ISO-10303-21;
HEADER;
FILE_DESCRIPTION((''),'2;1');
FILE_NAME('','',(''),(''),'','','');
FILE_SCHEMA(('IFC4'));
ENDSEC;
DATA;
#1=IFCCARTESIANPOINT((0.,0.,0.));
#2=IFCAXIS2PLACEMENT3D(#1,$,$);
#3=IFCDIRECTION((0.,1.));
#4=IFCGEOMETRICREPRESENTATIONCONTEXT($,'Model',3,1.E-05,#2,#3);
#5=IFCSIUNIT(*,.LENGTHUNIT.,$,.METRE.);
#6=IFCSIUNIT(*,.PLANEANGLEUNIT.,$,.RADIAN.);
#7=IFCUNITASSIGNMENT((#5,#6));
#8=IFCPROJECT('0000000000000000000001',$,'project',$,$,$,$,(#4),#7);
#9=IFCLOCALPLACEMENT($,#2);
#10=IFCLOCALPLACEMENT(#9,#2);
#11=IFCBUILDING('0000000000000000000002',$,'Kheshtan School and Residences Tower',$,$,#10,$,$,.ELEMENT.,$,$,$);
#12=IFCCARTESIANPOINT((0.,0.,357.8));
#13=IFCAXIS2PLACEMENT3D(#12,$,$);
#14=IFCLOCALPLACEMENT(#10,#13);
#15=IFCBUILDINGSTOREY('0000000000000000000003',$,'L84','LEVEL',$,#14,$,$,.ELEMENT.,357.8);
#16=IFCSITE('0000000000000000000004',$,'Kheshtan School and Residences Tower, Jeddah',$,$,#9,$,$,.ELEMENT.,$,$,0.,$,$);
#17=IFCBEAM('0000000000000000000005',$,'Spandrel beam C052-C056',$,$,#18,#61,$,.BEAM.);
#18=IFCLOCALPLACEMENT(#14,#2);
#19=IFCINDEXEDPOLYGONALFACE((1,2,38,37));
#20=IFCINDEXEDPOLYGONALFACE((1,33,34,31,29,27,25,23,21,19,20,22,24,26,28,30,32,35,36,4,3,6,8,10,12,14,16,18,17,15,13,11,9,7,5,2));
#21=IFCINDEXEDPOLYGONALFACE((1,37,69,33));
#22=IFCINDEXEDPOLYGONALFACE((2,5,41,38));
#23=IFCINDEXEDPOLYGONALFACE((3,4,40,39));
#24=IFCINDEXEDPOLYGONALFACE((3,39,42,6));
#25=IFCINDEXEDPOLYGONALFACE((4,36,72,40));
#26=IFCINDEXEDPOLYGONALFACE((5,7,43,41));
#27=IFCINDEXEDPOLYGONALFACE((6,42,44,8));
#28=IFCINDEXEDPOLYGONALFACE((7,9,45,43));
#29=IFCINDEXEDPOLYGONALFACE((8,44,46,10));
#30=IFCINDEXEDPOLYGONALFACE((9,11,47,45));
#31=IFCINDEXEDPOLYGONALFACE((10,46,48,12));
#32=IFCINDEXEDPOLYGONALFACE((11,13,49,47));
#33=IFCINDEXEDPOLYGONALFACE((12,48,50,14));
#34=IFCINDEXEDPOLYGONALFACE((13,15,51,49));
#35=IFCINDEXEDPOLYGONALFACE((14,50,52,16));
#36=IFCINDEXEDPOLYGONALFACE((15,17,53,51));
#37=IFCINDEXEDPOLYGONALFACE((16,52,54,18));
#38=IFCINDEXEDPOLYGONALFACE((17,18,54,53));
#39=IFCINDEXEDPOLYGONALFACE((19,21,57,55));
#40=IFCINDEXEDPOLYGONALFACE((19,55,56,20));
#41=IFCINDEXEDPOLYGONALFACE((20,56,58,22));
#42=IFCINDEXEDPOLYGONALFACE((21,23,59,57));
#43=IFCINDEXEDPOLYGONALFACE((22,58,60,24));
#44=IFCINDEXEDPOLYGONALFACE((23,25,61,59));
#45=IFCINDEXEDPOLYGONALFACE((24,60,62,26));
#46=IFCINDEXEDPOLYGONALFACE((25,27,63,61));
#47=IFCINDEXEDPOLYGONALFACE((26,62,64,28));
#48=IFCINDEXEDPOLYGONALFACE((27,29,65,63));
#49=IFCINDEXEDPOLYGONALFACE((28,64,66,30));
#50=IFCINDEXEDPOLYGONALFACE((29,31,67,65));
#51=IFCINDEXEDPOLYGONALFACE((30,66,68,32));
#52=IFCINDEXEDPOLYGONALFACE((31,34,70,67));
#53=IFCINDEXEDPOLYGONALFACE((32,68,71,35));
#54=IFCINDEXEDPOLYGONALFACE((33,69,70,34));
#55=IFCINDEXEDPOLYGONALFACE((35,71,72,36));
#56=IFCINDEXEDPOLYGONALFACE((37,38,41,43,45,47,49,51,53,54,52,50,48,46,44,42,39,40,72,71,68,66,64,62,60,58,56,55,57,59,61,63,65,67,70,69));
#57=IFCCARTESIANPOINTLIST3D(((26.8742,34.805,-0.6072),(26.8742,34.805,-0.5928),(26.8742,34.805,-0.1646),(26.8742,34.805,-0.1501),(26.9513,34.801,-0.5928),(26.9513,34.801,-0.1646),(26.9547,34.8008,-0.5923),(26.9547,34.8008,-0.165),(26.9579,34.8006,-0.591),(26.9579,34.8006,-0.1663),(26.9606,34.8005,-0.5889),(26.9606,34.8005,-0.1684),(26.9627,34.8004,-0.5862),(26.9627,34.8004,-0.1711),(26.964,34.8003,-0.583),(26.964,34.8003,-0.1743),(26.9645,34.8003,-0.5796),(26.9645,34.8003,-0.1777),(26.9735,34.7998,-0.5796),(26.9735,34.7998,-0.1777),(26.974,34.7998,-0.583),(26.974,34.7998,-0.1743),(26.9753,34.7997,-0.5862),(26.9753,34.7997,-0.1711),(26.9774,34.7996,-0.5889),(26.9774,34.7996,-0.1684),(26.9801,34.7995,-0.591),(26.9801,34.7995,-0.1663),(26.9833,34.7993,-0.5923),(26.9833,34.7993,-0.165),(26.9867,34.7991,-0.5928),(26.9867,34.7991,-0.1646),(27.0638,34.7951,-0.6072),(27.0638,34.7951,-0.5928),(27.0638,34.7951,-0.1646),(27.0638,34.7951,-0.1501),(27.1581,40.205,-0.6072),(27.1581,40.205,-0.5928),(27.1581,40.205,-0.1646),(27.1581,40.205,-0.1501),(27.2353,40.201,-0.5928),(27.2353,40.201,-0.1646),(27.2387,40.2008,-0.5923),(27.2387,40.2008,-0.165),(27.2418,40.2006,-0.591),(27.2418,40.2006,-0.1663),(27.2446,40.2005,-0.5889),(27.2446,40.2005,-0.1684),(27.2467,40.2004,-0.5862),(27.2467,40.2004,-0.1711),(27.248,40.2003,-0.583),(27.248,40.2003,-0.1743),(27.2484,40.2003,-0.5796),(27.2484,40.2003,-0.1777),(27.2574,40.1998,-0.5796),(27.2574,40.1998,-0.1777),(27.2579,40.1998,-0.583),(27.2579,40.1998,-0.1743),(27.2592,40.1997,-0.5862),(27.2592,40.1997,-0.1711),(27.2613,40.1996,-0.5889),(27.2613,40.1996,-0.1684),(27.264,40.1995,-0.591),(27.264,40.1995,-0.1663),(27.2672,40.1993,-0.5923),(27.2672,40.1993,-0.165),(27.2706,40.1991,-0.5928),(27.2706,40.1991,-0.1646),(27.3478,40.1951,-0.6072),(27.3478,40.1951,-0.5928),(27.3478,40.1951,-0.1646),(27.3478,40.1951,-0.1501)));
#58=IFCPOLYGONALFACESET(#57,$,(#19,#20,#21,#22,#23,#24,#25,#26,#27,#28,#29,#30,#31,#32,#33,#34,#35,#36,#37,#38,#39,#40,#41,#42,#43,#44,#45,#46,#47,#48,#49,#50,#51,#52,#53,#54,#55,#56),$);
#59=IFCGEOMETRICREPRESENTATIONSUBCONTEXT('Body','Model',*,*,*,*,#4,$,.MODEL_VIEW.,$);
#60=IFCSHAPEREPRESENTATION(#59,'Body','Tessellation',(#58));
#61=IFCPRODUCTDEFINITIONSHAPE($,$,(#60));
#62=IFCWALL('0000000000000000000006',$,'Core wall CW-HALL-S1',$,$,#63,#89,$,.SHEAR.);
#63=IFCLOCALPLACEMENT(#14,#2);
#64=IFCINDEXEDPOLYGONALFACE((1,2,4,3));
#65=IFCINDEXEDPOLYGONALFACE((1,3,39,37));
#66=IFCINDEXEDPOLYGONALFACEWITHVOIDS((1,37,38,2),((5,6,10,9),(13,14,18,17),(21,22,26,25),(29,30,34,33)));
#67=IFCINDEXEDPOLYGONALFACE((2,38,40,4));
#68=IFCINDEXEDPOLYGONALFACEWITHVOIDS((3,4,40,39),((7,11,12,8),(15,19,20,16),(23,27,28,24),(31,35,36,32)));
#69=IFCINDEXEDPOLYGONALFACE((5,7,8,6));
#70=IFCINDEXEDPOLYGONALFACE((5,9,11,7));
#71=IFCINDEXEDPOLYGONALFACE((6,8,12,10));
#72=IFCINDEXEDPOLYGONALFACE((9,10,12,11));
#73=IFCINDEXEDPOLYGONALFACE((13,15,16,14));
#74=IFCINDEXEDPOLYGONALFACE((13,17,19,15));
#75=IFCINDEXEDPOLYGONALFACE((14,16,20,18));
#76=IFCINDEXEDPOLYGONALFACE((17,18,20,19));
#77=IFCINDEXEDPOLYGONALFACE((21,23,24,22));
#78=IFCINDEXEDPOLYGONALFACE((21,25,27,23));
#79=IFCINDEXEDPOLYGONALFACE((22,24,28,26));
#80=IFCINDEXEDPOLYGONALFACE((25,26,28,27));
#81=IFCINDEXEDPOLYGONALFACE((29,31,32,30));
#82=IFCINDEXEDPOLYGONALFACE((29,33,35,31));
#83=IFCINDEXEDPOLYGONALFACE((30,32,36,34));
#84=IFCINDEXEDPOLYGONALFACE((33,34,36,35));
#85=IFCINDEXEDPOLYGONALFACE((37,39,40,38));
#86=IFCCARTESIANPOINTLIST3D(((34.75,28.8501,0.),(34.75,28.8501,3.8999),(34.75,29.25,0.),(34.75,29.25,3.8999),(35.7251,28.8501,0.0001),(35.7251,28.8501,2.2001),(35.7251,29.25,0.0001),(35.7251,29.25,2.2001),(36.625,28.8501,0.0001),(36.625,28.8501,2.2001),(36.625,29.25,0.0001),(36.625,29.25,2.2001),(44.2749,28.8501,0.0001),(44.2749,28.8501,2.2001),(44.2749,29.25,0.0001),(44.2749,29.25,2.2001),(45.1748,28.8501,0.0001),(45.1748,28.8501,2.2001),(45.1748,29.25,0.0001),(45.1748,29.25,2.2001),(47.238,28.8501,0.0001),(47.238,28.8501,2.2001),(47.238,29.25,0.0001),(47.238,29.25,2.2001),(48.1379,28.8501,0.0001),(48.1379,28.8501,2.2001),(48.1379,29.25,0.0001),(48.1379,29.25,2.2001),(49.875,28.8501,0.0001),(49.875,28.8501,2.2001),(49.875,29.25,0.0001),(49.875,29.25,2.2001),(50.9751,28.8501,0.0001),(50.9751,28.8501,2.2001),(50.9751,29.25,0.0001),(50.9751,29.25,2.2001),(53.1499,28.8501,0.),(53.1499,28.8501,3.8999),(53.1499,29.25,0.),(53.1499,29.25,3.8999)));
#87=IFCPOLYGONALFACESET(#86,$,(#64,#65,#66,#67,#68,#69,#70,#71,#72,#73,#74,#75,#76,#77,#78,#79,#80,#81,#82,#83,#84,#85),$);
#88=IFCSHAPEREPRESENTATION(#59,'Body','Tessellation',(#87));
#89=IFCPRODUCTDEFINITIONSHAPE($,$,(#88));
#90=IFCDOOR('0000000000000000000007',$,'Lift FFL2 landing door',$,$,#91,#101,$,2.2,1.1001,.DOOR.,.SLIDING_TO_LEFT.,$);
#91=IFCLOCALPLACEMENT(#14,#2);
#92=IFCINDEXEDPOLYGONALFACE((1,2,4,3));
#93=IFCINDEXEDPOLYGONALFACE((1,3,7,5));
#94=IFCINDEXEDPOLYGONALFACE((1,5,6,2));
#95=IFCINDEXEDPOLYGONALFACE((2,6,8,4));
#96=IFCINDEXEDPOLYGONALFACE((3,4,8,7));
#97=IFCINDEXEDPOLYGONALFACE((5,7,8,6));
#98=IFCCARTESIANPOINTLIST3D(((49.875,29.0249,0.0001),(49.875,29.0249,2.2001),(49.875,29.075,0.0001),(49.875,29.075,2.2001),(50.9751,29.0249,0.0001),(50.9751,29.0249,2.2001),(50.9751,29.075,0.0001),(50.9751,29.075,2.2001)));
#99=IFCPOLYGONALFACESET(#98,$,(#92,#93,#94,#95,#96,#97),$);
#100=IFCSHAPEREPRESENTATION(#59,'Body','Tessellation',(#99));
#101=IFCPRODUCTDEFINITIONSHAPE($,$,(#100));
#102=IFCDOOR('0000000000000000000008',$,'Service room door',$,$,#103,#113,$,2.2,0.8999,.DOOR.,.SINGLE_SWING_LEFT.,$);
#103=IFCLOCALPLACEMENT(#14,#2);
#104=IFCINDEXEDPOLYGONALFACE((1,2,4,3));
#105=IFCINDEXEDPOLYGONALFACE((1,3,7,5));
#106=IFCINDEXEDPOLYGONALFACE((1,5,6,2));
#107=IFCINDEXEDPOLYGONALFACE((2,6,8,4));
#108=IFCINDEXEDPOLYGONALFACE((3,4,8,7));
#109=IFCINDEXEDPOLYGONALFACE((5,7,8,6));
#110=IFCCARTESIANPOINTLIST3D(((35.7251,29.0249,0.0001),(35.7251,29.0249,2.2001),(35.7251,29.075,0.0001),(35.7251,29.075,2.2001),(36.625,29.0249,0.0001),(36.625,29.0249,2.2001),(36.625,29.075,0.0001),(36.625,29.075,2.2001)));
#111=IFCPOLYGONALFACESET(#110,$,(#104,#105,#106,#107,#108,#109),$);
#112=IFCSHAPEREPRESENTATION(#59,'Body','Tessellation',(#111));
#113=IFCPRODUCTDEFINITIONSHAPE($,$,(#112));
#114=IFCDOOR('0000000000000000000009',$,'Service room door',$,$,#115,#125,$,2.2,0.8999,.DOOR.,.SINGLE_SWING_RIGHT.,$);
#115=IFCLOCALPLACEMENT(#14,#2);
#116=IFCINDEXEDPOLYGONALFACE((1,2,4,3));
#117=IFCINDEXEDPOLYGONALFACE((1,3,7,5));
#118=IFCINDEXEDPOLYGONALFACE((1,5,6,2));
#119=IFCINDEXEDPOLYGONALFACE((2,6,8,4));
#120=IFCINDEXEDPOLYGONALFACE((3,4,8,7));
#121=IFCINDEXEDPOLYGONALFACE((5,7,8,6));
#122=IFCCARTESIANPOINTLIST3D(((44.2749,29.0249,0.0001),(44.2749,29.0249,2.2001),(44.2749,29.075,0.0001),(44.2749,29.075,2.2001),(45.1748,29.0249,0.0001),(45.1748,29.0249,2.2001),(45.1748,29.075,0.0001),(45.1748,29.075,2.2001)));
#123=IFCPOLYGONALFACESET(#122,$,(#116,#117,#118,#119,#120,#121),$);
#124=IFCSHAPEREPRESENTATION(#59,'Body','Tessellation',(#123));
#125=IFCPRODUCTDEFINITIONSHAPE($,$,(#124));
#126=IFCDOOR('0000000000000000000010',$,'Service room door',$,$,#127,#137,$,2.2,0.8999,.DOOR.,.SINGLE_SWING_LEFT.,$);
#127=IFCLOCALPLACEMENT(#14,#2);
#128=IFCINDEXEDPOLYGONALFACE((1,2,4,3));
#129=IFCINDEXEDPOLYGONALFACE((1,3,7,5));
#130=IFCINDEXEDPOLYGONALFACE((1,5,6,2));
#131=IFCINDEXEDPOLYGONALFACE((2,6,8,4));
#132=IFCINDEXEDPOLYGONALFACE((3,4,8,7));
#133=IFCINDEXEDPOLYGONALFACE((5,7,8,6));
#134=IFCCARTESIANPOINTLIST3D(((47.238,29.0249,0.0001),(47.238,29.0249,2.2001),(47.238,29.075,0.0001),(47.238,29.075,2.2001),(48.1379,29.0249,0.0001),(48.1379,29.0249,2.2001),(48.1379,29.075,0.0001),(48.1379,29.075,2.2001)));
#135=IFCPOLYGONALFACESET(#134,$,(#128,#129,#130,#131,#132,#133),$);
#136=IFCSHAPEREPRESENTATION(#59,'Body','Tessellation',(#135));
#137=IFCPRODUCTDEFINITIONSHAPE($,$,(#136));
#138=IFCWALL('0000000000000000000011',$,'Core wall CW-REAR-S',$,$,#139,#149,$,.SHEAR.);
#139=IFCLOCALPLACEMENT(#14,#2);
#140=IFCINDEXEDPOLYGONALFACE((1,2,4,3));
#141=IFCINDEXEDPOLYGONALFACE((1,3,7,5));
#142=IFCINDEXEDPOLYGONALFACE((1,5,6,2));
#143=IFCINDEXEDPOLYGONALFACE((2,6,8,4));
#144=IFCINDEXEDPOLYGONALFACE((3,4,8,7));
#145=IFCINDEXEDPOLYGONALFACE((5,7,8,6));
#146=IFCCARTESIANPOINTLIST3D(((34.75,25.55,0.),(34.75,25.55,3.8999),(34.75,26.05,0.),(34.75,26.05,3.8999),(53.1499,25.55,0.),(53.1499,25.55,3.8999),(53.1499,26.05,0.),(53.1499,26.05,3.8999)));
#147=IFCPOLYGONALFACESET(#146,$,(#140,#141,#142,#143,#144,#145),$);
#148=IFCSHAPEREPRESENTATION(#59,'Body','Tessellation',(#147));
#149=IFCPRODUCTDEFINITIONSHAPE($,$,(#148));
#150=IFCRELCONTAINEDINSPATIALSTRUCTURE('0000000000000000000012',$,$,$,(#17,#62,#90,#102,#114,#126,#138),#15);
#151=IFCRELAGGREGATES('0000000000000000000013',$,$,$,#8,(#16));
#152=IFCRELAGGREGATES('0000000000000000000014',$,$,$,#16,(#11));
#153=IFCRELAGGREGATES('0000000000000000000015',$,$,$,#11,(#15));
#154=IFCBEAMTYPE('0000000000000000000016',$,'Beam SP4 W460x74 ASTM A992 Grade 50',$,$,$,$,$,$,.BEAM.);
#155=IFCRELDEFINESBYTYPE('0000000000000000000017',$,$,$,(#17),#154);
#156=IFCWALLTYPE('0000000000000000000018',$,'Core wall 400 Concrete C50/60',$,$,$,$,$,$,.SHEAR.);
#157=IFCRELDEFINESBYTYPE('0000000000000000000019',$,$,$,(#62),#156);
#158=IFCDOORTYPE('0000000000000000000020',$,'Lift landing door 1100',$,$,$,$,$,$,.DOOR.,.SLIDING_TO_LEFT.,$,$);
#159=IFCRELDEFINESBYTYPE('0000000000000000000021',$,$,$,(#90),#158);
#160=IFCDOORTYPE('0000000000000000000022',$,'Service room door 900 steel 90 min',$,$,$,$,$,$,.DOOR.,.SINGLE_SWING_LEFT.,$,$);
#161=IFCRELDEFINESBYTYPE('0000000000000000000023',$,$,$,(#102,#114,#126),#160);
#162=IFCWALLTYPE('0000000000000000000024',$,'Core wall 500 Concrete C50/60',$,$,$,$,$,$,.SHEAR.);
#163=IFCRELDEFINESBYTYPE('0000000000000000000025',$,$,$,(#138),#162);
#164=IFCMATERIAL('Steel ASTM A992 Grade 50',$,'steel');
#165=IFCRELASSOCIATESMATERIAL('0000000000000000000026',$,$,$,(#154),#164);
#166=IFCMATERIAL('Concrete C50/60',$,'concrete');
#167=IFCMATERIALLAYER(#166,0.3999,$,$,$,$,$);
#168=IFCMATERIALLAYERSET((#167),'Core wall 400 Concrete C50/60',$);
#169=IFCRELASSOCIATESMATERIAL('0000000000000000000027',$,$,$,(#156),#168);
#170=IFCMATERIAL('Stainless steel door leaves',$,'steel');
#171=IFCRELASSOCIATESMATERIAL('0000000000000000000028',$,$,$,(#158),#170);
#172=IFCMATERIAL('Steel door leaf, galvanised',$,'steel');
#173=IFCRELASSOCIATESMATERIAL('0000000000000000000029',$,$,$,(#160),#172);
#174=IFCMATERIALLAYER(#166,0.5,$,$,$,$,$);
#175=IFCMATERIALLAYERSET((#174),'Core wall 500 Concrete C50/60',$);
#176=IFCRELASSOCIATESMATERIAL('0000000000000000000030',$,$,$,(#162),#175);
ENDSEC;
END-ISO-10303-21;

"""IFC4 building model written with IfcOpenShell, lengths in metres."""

from ifc_helpers import new_model, si_unit, direction, frame, frame_2d, origin, origin_2d, place, context, subcontext, project, spatial, rectangle, i_section, extrude, source, transform, mapped, material, layer, layer_set, material_profile, profile_set, type_object, element, fill, save


model = new_model("IFC4")

# Units and contexts
model_context = context("Model", 3, precision=1e-05, world=origin(), true_north=direction((0.0, 1.0)))
body_context = subcontext(model_context, "Body", "Model", "MODEL_VIEW")
ifc_project = project(units=[si_unit("LENGTHUNIT", "METRE"), si_unit("PLANEANGLEUNIT", "RADIAN")], contexts=[model_context])

# Site, building, storey
site_placement = place(None, origin())
site = spatial("IfcSite", under=ifc_project, at=site_placement, Name="Kheshtan School and Residences Tower, Jeddah", CompositionType="ELEMENT", RefElevation=0.0)
building_placement = place(site_placement, origin())
building = spatial("IfcBuilding", under=site, at=building_placement, Name="Kheshtan School and Residences Tower", CompositionType="ELEMENT")
storey_placement = place(building_placement, frame((0.0, 0.0, 357.8)))
storey = spatial("IfcBuildingStorey", under=building, at=storey_placement, Name="L84", Description="LEVEL", CompositionType="ELEMENT", Elevation=357.8)

# Shared definitions
ifc_material_1 = material(Name="Steel ASTM A992 Grade 50", Category="steel")

# Beam
ifc_material_profile_1 = material_profile(ifc_material_1, i_section(OverallWidth=0.1899, OverallDepth=0.457, WebThickness=0.009, FlangeThickness=0.0144, FilletRadius=0.0132, at=origin_2d()), Name="W460x74")
ifc_profile_set_1 = profile_set([ifc_material_profile_1], Name="Steel ASTM A992 Grade 50")
beam_type_1 = type_object("IfcBeamType", Name="Beam SP4 W460x74 ASTM A992 Grade 50", PredefinedType="BEAM", material=ifc_profile_set_1)
beam_1_placement = place(storey_placement, frame((26.969, 34.8, -0.3787), z_axis=(0.052509, 0.99862, 0.0), x_axis=(-0.99862, 0.052509, 0.0)))
element("IfcBeam", 1, at=beam_1_placement, inside=storey, type_object=beam_type_1, Name="Spandrel beam C052-C056", PredefinedType="BEAM", context=body_context, shape_type="SweptSolid", body=[
    extrude(i_section(OverallWidth=0.1899, OverallDepth=0.457, WebThickness=0.009, FlangeThickness=0.0144, FilletRadius=0.0132, at=origin_2d()), origin(), (0.0, 0.0, 1.0), 5.4075),
])

# Wall, openings, doors
ifc_material_2 = material(Name="Concrete C50/60", Category="concrete")
ifc_layer_1 = layer(ifc_material_2, 0.3999)
ifc_layer_set_1 = layer_set([ifc_layer_1], Name="Core wall 400 Concrete C50/60")
wall_type_1 = type_object("IfcWallType", Name="Core wall 400 Concrete C50/60", PredefinedType="SHEAR", material=ifc_layer_set_1)
wall_1_placement = place(storey_placement, frame((34.75, 29.05, 0.0), z_axis=(0.0, 0.0, 1.0), x_axis=(1.0, 0.0, 0.0)))
wall_1 = element("IfcWall", 2, at=wall_1_placement, inside=storey, type_object=wall_type_1, Name="Core wall CW-HALL-S1", PredefinedType="SHEAR", context=body_context, shape_type="SweptSolid", body=[
    extrude(rectangle(XDim=18.3999, YDim=0.3999, at=frame_2d((9.2, 0.0))), origin(), (0.0, 0.0, 1.0), 3.8999),
])
opening_1_placement = place(wall_1_placement, frame((15.125, 0.0, 0.0)))
opening_1 = element("IfcOpeningElement", 3, at=opening_1_placement, cuts=wall_1, PredefinedType="OPENING", context=body_context, shape_type="SweptSolid", body=[
    extrude(rectangle(XDim=1.1001, YDim=2.2, at=frame_2d((0.55, 1.1001))), frame((0.0, 0.21, 0.0), z_axis=(0.0, -1.0, 0.0), x_axis=(1.0, 0.0, 0.0)), (0.0, 0.0, 1.0), 0.4199),
])
opening_2_placement = place(wall_1_placement, frame((0.9751, 0.0, 0.0)))
opening_2 = element("IfcOpeningElement", 4, at=opening_2_placement, cuts=wall_1, PredefinedType="OPENING", context=body_context, shape_type="SweptSolid", body=[
    extrude(rectangle(XDim=0.8999, YDim=2.2, at=frame_2d((0.45, 1.1001))), frame((0.0, 0.21, 0.0), z_axis=(0.0, -1.0, 0.0), x_axis=(1.0, 0.0, 0.0)), (0.0, 0.0, 1.0), 0.4199),
])
opening_3_placement = place(wall_1_placement, frame((9.5249, 0.0, 0.0)))
opening_3 = element("IfcOpeningElement", 5, at=opening_3_placement, cuts=wall_1, PredefinedType="OPENING", context=body_context, shape_type="SweptSolid", body=[
    extrude(rectangle(XDim=0.8999, YDim=2.2, at=frame_2d((0.45, 1.1001))), frame((0.0, 0.21, 0.0), z_axis=(0.0, -1.0, 0.0), x_axis=(1.0, 0.0, 0.0)), (0.0, 0.0, 1.0), 0.4199),
])
opening_4_placement = place(wall_1_placement, frame((12.488, 0.0, 0.0)))
opening_4 = element("IfcOpeningElement", 6, at=opening_4_placement, cuts=wall_1, PredefinedType="OPENING", context=body_context, shape_type="SweptSolid", body=[
    extrude(rectangle(XDim=0.8999, YDim=2.2, at=frame_2d((0.45, 1.1001))), frame((0.0, 0.21, 0.0), z_axis=(0.0, -1.0, 0.0), x_axis=(1.0, 0.0, 0.0)), (0.0, 0.0, 1.0), 0.4199),
])
ifc_material_3 = material(Name="Stainless steel door leaves", Category="steel")
door_type_1 = type_object("IfcDoorType", Name="Lift landing door 1100", OperationType="SLIDING_TO_LEFT", PredefinedType="DOOR", material=ifc_material_3)
shared_shape_1 = source(origin(), body_context, "Body", "SweptSolid", [
    extrude(rectangle(XDim=1.1001, YDim=2.2, at=frame_2d((0.55, 1.1001))), frame((0.0, 0.0249, 0.0), z_axis=(0.0, -1.0, 0.0), x_axis=(1.0, 0.0, 0.0)), (0.0, 0.0, 1.0), 0.05),
])
door_1_placement = place(opening_1_placement, origin())
door_1 = element("IfcDoor", 7, at=door_1_placement, inside=storey, type_object=door_type_1, Name="Lift FFL2 landing door", OperationType="SLIDING_TO_LEFT", OverallHeight=2.2, OverallWidth=1.1001, PredefinedType="DOOR", context=body_context, shape_type="MappedRepresentation", body=[
    mapped(shared_shape_1, transform((0.0, 0.0, 0.0), x_axis=(1.0, 0.0, 0.0), y_axis=(0.0, 1.0, 0.0), z_axis=(0.0, 0.0, 1.0), scale=1.0)),
])
fill(opening_1, door_1)
ifc_material_4 = material(Name="Steel door leaf, galvanised", Category="steel")
door_type_2 = type_object("IfcDoorType", Name="Service room door 900 steel 90 min", OperationType="SINGLE_SWING_LEFT", PredefinedType="DOOR", material=ifc_material_4)
shared_shape_2 = source(origin(), body_context, "Body", "SweptSolid", [
    extrude(rectangle(XDim=0.8999, YDim=2.2, at=frame_2d((0.45, 1.1001))), frame((0.0, 0.0249, 0.0), z_axis=(0.0, -1.0, 0.0), x_axis=(1.0, 0.0, 0.0)), (0.0, 0.0, 1.0), 0.05),
])
door_2_placement = place(opening_2_placement, origin())
door_2 = element("IfcDoor", 8, at=door_2_placement, inside=storey, type_object=door_type_2, Name="Service room door", OperationType="SINGLE_SWING_LEFT", OverallHeight=2.2, OverallWidth=0.8999, PredefinedType="DOOR", context=body_context, shape_type="MappedRepresentation", body=[
    mapped(shared_shape_2, transform((0.0, 0.0, 0.0), x_axis=(1.0, 0.0, 0.0), y_axis=(0.0, 1.0, 0.0), z_axis=(0.0, 0.0, 1.0), scale=1.0)),
])
fill(opening_2, door_2)
door_3_placement = place(opening_3_placement, origin())
door_3 = element("IfcDoor", 9, at=door_3_placement, inside=storey, type_object=door_type_2, Name="Service room door", OperationType="SINGLE_SWING_RIGHT", OverallHeight=2.2, OverallWidth=0.8999, PredefinedType="DOOR", context=body_context, shape_type="MappedRepresentation", body=[
    mapped(shared_shape_2, transform((0.0, 0.0, 0.0), x_axis=(1.0, 0.0, 0.0), y_axis=(0.0, 1.0, 0.0), z_axis=(0.0, 0.0, 1.0), scale=1.0)),
])
fill(opening_3, door_3)
door_4_placement = place(opening_4_placement, origin())
door_4 = element("IfcDoor", 10, at=door_4_placement, inside=storey, type_object=door_type_2, Name="Service room door", OperationType="SINGLE_SWING_LEFT", OverallHeight=2.2, OverallWidth=0.8999, PredefinedType="DOOR", context=body_context, shape_type="MappedRepresentation", body=[
    mapped(shared_shape_2, transform((0.0, 0.0, 0.0), x_axis=(1.0, 0.0, 0.0), y_axis=(0.0, 1.0, 0.0), z_axis=(0.0, 0.0, 1.0), scale=1.0)),
])
fill(opening_4, door_4)

# Wall
ifc_layer_2 = layer(ifc_material_2, 0.5)
ifc_layer_set_2 = layer_set([ifc_layer_2], Name="Core wall 500 Concrete C50/60")
wall_type_2 = type_object("IfcWallType", Name="Core wall 500 Concrete C50/60", PredefinedType="SHEAR", material=ifc_layer_set_2)
wall_2_placement = place(storey_placement, frame((34.75, 25.8, 0.0), z_axis=(0.0, 0.0, 1.0), x_axis=(1.0, 0.0, 0.0)))
element("IfcWall", 11, at=wall_2_placement, inside=storey, type_object=wall_type_2, Name="Core wall CW-REAR-S", PredefinedType="SHEAR", context=body_context, shape_type="SweptSolid", body=[
    extrude(rectangle(XDim=18.3999, YDim=0.5, at=frame_2d((9.2, 0.0))), origin(), (0.0, 0.0, 1.0), 3.8999),
])

save(model, "model.ifc")
